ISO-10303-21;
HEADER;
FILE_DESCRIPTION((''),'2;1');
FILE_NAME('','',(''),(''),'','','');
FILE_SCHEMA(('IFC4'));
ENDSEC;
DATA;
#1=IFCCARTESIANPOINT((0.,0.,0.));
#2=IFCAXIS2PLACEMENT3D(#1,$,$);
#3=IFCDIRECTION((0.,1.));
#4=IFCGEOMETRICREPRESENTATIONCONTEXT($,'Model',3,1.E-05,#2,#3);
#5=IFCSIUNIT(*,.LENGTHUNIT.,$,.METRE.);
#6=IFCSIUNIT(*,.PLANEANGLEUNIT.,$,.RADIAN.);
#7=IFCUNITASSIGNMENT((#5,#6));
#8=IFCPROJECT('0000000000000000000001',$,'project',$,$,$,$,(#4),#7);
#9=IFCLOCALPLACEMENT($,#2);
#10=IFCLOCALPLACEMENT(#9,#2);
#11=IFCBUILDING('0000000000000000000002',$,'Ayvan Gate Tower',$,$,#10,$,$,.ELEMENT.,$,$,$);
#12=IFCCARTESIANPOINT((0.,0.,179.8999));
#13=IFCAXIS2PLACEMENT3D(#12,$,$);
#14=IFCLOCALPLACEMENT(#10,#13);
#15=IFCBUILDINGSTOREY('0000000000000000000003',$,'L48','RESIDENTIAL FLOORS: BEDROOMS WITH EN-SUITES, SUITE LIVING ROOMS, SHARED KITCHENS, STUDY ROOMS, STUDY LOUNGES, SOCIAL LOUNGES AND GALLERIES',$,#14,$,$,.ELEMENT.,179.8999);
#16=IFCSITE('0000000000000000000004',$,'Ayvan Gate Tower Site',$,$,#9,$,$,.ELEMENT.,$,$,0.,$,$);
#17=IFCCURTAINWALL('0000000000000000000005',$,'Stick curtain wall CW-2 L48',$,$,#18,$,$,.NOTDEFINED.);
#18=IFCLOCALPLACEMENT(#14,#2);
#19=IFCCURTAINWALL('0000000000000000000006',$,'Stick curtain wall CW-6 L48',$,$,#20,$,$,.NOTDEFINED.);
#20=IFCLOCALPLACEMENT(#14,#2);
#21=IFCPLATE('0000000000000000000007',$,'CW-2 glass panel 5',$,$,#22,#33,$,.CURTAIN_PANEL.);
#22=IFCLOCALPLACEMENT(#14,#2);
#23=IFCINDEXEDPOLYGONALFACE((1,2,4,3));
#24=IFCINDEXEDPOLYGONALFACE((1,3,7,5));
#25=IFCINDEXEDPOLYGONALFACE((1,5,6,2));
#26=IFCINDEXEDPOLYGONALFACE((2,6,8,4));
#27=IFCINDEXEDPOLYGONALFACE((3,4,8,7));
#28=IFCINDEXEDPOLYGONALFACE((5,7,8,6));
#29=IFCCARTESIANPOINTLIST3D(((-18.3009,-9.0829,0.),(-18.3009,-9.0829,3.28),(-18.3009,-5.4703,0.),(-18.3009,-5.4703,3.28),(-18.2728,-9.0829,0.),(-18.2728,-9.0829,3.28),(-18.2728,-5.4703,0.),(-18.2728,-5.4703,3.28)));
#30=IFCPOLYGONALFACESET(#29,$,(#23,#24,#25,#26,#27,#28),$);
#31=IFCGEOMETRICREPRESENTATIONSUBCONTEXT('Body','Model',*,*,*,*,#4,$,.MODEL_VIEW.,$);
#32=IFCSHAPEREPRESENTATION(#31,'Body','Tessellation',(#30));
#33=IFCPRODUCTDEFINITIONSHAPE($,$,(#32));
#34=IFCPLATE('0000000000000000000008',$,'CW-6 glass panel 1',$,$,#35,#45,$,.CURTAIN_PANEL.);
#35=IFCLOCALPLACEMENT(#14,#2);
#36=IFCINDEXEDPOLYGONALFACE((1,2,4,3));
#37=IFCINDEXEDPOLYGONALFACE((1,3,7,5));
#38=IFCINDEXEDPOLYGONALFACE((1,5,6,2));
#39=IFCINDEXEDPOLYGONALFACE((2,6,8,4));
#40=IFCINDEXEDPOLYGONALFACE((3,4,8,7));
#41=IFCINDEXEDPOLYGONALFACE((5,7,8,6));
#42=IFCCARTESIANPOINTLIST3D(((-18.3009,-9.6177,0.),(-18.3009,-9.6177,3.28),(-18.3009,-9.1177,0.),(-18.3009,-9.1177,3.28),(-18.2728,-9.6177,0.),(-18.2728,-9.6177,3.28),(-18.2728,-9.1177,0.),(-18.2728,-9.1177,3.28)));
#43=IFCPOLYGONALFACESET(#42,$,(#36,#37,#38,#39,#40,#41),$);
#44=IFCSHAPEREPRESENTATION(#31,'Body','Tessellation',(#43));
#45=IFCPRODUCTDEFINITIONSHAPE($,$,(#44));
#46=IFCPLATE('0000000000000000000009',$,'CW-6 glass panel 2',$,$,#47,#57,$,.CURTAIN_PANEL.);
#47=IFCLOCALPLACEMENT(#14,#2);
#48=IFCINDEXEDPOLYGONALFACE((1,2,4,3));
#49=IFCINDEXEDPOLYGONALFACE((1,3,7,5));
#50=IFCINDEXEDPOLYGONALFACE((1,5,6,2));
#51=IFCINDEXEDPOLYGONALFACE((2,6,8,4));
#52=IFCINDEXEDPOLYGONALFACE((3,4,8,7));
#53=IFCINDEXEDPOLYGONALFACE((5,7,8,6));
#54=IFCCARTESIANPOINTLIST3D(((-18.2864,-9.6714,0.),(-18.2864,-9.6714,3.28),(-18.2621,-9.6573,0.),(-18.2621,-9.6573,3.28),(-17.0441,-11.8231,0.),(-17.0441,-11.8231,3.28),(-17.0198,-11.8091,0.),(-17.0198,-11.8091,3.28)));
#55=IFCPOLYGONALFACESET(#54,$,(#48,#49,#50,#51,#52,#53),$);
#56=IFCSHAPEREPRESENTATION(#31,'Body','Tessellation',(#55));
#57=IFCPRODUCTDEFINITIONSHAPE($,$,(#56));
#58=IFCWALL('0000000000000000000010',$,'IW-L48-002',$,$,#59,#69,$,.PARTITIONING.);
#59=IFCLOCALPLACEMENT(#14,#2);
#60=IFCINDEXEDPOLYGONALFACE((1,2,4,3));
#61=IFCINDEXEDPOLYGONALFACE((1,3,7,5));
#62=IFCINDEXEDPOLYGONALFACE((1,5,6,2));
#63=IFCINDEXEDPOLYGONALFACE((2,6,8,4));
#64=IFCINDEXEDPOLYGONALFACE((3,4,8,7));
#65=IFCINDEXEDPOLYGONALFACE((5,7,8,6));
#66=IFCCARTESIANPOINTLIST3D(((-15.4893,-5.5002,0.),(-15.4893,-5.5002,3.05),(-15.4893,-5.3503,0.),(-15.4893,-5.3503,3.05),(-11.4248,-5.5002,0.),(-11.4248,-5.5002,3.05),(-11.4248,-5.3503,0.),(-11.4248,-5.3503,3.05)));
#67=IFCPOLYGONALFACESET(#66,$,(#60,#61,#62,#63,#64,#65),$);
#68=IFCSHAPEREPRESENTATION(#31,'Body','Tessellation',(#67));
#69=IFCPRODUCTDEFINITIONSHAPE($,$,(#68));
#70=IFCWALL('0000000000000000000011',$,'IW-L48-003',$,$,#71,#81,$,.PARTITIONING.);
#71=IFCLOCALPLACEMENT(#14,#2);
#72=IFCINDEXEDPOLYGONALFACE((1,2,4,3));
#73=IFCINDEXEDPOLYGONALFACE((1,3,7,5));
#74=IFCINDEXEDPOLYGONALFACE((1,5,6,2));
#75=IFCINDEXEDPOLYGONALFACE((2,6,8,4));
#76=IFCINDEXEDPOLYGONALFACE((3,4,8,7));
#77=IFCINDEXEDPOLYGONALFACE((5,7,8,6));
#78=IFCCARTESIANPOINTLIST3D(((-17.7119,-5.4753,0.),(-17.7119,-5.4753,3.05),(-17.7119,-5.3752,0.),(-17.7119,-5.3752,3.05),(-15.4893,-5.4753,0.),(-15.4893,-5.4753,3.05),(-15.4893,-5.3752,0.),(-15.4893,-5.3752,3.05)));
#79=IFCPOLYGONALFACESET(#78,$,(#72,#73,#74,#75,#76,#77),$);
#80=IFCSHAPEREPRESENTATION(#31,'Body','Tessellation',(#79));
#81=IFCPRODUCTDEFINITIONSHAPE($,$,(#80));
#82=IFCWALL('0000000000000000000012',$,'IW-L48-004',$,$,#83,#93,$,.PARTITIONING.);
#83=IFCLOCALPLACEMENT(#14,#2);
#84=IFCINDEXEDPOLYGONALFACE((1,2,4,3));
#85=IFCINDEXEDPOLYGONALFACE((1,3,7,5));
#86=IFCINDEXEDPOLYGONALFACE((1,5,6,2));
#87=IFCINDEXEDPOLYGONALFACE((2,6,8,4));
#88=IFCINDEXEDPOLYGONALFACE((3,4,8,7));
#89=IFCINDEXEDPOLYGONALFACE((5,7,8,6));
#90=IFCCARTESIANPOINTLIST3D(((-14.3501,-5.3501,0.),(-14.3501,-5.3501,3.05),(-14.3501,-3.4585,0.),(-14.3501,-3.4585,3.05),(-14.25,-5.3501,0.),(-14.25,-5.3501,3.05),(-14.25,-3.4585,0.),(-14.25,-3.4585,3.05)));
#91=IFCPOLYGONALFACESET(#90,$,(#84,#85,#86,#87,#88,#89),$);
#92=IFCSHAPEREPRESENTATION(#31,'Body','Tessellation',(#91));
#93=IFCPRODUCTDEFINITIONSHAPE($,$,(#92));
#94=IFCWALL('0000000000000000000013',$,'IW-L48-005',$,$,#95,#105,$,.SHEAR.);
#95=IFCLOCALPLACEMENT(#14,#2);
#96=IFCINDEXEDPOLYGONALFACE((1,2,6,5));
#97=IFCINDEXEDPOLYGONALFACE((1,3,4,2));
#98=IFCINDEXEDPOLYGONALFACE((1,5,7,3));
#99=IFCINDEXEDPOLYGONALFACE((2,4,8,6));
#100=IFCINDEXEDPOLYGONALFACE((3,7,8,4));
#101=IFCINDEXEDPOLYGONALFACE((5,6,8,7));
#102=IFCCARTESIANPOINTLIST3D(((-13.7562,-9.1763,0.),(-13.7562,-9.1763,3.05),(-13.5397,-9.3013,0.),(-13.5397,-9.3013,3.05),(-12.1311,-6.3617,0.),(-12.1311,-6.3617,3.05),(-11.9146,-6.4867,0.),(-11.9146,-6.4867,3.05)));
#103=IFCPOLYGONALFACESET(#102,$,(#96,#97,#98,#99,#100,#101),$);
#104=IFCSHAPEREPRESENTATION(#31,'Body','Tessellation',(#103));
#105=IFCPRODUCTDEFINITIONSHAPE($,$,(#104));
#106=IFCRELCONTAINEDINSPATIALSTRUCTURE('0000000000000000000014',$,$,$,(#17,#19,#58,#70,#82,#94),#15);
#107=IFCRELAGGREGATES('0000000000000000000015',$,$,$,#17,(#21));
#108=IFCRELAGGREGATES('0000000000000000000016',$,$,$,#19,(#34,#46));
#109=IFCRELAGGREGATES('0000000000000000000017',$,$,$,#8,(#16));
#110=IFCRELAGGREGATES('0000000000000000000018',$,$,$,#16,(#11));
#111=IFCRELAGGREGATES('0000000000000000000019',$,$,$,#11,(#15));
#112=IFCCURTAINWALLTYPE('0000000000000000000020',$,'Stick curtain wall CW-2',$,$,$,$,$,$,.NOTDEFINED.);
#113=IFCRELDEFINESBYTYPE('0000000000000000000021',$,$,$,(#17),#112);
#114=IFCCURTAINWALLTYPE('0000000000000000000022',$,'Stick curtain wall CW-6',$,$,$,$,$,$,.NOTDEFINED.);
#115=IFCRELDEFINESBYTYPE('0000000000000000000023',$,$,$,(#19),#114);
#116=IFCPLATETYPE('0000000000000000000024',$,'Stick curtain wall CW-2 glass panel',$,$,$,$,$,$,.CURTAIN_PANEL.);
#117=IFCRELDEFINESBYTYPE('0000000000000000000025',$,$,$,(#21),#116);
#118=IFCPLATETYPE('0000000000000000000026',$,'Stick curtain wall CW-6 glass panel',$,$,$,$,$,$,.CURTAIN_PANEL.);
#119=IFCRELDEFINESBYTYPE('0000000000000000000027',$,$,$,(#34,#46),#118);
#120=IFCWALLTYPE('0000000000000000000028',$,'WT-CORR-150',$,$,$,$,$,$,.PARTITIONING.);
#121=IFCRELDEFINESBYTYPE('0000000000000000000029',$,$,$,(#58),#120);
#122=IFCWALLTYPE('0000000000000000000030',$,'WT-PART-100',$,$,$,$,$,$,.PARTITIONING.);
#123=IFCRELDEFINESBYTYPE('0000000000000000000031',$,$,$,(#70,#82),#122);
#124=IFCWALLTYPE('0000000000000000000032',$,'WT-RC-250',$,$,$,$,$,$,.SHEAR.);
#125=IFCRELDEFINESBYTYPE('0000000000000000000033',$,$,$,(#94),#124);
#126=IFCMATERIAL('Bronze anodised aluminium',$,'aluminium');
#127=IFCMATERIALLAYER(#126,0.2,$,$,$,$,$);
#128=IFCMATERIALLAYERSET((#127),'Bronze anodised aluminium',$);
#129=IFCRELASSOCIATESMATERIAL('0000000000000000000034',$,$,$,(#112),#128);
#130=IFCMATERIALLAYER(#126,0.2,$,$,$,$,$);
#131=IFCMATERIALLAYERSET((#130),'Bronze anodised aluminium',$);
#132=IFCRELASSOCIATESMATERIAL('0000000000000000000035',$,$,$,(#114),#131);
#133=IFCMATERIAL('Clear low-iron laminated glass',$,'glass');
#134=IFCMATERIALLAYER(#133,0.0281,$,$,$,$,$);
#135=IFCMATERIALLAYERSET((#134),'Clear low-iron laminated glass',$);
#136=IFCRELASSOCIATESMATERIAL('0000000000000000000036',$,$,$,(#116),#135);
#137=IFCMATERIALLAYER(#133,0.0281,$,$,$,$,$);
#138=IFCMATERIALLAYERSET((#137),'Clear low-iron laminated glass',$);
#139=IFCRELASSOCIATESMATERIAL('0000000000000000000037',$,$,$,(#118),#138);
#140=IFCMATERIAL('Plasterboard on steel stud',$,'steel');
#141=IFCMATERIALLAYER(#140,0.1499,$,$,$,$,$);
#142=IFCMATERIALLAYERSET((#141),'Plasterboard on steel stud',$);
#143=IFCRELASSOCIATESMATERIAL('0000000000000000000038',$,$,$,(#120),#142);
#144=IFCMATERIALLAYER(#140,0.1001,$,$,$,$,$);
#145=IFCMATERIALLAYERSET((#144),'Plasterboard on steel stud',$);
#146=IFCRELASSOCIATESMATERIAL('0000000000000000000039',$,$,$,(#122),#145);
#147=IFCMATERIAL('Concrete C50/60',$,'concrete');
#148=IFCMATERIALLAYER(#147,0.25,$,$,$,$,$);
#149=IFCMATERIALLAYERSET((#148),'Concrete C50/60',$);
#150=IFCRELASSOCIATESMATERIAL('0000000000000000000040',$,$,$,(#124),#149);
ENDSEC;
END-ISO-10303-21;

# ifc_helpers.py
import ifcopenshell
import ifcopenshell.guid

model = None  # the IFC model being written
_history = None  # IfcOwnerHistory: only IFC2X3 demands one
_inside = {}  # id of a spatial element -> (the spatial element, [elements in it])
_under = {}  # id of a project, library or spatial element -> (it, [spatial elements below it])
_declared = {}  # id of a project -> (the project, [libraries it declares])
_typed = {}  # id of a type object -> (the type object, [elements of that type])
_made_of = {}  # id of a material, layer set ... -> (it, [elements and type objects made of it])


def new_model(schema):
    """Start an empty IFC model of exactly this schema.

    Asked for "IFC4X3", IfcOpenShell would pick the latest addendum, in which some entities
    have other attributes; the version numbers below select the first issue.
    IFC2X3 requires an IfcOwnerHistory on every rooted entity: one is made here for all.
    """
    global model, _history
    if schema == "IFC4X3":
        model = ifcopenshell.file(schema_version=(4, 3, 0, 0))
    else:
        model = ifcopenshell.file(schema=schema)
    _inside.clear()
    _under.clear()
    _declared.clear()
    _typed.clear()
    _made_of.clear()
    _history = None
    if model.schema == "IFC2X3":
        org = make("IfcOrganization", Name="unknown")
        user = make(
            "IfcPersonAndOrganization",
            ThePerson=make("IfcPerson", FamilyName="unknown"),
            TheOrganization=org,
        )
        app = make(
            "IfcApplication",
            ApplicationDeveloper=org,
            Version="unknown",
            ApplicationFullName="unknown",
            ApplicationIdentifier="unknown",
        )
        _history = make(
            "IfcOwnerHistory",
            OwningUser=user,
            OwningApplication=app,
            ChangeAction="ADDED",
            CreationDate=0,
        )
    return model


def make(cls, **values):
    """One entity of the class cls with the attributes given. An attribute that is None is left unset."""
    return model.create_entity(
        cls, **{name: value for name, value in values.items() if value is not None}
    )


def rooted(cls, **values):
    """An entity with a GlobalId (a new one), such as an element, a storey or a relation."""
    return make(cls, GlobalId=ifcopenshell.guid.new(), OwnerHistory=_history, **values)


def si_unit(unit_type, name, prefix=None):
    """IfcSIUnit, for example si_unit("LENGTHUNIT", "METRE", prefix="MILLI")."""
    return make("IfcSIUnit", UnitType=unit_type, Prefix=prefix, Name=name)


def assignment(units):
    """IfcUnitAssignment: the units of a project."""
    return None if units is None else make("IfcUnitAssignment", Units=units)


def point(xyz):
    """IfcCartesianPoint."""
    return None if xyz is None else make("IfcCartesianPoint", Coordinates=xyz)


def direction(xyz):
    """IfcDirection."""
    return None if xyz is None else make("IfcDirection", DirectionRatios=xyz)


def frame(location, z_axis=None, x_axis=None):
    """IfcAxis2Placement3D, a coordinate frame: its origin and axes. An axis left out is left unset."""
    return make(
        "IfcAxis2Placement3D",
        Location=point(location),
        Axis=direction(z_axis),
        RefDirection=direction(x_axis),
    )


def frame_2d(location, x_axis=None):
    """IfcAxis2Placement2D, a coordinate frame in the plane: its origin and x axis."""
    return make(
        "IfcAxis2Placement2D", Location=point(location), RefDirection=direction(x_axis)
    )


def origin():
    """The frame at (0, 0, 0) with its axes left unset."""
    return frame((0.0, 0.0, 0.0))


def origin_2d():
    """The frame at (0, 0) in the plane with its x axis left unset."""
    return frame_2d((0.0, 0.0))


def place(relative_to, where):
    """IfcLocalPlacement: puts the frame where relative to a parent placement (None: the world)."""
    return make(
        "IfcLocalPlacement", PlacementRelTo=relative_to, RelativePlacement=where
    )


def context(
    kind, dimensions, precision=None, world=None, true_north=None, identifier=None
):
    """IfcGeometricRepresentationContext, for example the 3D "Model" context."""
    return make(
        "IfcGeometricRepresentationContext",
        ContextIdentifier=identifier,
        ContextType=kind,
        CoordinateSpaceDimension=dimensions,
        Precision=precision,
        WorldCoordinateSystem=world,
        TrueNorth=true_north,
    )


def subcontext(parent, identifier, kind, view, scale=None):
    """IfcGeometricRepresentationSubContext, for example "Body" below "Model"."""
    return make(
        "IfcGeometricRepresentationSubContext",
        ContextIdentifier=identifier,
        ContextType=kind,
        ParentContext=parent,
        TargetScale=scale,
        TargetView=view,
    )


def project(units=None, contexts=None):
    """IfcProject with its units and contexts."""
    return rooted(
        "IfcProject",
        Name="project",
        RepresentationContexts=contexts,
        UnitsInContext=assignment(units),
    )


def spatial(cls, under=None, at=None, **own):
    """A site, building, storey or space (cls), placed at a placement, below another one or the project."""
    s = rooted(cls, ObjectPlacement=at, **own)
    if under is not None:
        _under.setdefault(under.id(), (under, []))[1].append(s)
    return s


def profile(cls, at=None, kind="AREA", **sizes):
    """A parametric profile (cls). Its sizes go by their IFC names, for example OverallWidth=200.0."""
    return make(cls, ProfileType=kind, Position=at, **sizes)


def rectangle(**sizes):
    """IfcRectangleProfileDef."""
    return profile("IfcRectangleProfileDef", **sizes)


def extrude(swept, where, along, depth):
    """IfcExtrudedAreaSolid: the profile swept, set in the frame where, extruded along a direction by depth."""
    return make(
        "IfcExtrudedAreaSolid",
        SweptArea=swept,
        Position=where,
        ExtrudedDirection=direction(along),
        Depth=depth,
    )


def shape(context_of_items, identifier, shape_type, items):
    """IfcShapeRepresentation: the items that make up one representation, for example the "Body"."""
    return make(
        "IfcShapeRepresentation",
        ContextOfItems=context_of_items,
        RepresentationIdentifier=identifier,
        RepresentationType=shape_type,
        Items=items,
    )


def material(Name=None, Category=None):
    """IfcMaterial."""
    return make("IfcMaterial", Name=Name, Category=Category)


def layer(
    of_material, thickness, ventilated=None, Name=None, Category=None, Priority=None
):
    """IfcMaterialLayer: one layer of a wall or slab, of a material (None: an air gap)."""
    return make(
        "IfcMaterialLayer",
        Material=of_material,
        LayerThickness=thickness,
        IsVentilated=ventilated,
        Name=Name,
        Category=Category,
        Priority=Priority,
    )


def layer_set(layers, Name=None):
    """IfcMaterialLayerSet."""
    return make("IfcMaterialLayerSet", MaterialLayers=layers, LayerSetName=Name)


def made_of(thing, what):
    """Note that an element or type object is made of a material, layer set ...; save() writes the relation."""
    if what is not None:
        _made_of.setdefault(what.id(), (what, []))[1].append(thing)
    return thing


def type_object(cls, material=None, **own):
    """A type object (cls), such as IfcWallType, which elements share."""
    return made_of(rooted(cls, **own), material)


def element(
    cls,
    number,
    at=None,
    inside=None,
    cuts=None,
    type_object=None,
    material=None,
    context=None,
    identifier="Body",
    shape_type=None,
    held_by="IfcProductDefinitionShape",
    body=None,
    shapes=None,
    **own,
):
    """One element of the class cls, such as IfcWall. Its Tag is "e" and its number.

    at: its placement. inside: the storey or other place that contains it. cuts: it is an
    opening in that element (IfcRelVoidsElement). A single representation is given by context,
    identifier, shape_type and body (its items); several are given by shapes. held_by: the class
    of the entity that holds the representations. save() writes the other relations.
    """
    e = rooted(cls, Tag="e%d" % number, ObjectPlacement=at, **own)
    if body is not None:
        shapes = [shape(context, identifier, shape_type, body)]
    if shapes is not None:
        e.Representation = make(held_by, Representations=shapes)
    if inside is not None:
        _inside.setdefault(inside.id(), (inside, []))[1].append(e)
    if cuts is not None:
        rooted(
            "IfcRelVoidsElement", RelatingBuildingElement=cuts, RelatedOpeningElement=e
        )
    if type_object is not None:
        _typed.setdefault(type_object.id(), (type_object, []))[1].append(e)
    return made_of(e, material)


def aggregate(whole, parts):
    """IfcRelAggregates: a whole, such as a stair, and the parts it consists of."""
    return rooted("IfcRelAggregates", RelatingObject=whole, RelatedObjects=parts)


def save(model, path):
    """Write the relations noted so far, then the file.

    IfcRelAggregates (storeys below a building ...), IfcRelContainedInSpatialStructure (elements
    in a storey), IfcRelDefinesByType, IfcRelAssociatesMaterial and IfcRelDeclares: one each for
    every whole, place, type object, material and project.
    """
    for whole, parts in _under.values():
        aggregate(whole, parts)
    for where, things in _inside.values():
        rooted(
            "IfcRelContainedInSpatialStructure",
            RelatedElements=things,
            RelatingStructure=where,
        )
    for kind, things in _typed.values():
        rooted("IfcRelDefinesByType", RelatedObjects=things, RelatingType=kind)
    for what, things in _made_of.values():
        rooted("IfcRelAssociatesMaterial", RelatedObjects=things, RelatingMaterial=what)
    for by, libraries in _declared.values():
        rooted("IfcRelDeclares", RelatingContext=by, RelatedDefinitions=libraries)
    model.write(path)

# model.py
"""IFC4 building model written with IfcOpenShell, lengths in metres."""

from ifc_helpers import new_model, si_unit, direction, frame, frame_2d, origin, origin_2d, place, context, subcontext, project, spatial, rectangle, extrude, material, layer, layer_set, type_object, element, aggregate, save


model = new_model("IFC4")

# Units and contexts
model_context = context("Model", 3, precision=1e-05, world=origin(), true_north=direction((0.0, 1.0)))
body_context = subcontext(model_context, "Body", "Model", "MODEL_VIEW")
ifc_project = project(units=[si_unit("LENGTHUNIT", "METRE"), si_unit("PLANEANGLEUNIT", "RADIAN")], contexts=[model_context])

# Site, building, storey
site_placement = place(None, origin())
site = spatial("IfcSite", under=ifc_project, at=site_placement, Name="Ayvan Gate Tower Site", CompositionType="ELEMENT", RefElevation=0.0)
building_placement = place(site_placement, origin())
building = spatial("IfcBuilding", under=site, at=building_placement, Name="Ayvan Gate Tower", CompositionType="ELEMENT")
storey_placement = place(building_placement, frame((0.0, 0.0, 179.8999)))
storey = spatial("IfcBuildingStorey", under=building, at=storey_placement, Name="L48", Description="RESIDENTIAL FLOORS: BEDROOMS WITH EN-SUITES, SUITE LIVING ROOMS, SHARED KITCHENS, STUDY ROOMS, STUDY LOUNGES, SOCIAL LOUNGES AND GALLERIES", CompositionType="ELEMENT", Elevation=179.8999)

# Curtain walls
ifc_material_1 = material(Name="Bronze anodised aluminium", Category="aluminium")
ifc_layer_1 = layer(ifc_material_1, 0.2)
ifc_layer_set_1 = layer_set([ifc_layer_1], Name="Bronze anodised aluminium")
curtain_wall_type_1 = type_object("IfcCurtainWallType", Name="Stick curtain wall CW-2", PredefinedType="NOTDEFINED", material=ifc_layer_set_1)
curtain_wall_1_placement = place(storey_placement, origin())
curtain_wall_1 = element("IfcCurtainWall", 1, at=curtain_wall_1_placement, inside=storey, type_object=curtain_wall_type_1, Name="Stick curtain wall CW-2 L48", PredefinedType="NOTDEFINED")
ifc_layer_2 = layer(ifc_material_1, 0.2)
ifc_layer_set_2 = layer_set([ifc_layer_2], Name="Bronze anodised aluminium")
curtain_wall_type_2 = type_object("IfcCurtainWallType", Name="Stick curtain wall CW-6", PredefinedType="NOTDEFINED", material=ifc_layer_set_2)
curtain_wall_2_placement = place(storey_placement, origin())
curtain_wall_2 = element("IfcCurtainWall", 2, at=curtain_wall_2_placement, inside=storey, type_object=curtain_wall_type_2, Name="Stick curtain wall CW-6 L48", PredefinedType="NOTDEFINED")

# Plates
ifc_material_2 = material(Name="Clear low-iron laminated glass", Category="glass")
ifc_layer_3 = layer(ifc_material_2, 0.0281)
ifc_layer_set_3 = layer_set([ifc_layer_3], Name="Clear low-iron laminated glass")
plate_type_1 = type_object("IfcPlateType", Name="Stick curtain wall CW-2 glass panel", PredefinedType="CURTAIN_PANEL", material=ifc_layer_set_3)
plate_1_placement = place(storey_placement, frame((-18.2869, -7.2766, 0.0), z_axis=(0.0, 0.0, 1.0), x_axis=(0.0, -1.0, 0.0)))
plate_1 = element("IfcPlate", 3, at=plate_1_placement, type_object=plate_type_1, Name="CW-2 glass panel 5", PredefinedType="CURTAIN_PANEL", context=body_context, shape_type="SweptSolid", body=[
    extrude(rectangle(XDim=3.6125, YDim=0.0281, at=origin_2d()), origin(), (0.0, 0.0, 1.0), 3.28),
])
aggregate(curtain_wall_1, [plate_1])
ifc_layer_4 = layer(ifc_material_2, 0.0281)
ifc_layer_set_4 = layer_set([ifc_layer_4], Name="Clear low-iron laminated glass")
plate_type_2 = type_object("IfcPlateType", Name="Stick curtain wall CW-6 glass panel", PredefinedType="CURTAIN_PANEL", material=ifc_layer_set_4)
plate_2_placement = place(storey_placement, frame((-18.2869, -9.3677, 0.0), z_axis=(0.0, 0.0, 1.0), x_axis=(0.0, -1.0, 0.0)))
plate_2 = element("IfcPlate", 4, at=plate_2_placement, type_object=plate_type_2, Name="CW-6 glass panel 1", PredefinedType="CURTAIN_PANEL", context=body_context, shape_type="SweptSolid", body=[
    extrude(rectangle(XDim=0.5, YDim=0.0281, at=origin_2d()), origin(), (0.0, 0.0, 1.0), 3.28),
])
plate_3_placement = place(storey_placement, frame((-17.6531, -10.7402, 0.0), z_axis=(0.0, 0.0, 1.0), x_axis=(0.5, -0.866025, 0.0)))
plate_3 = element("IfcPlate", 5, at=plate_3_placement, type_object=plate_type_2, Name="CW-6 glass panel 2", PredefinedType="CURTAIN_PANEL", context=body_context, shape_type="SweptSolid", body=[
    extrude(rectangle(XDim=2.4846, YDim=0.0281, at=origin_2d()), origin(), (0.0, 0.0, 1.0), 3.28),
])
aggregate(curtain_wall_2, [plate_2, plate_3])

# Walls
ifc_material_3 = material(Name="Plasterboard on steel stud", Category="steel")
ifc_layer_5 = layer(ifc_material_3, 0.1499)
ifc_layer_set_5 = layer_set([ifc_layer_5], Name="Plasterboard on steel stud")
wall_type_1 = type_object("IfcWallType", Name="WT-CORR-150", PredefinedType="PARTITIONING", material=ifc_layer_set_5)
wall_1_placement = place(storey_placement, frame((-15.4893, -5.4253, 0.0), z_axis=(0.0, 0.0, 1.0), x_axis=(1.0, 0.0, 0.0)))
element("IfcWall", 6, at=wall_1_placement, inside=storey, type_object=wall_type_1, Name="IW-L48-002", PredefinedType="PARTITIONING", context=body_context, shape_type="SweptSolid", body=[
    extrude(rectangle(XDim=4.0645, YDim=0.1499, at=frame_2d((2.0322, 0.0))), origin(), (0.0, 0.0, 1.0), 3.05),
])
ifc_layer_6 = layer(ifc_material_3, 0.1001)
ifc_layer_set_6 = layer_set([ifc_layer_6], Name="Plasterboard on steel stud")
wall_type_2 = type_object("IfcWallType", Name="WT-PART-100", PredefinedType="PARTITIONING", material=ifc_layer_set_6)
wall_2_placement = place(storey_placement, frame((-15.4893, -5.4253, 0.0), z_axis=(0.0, 0.0, 1.0), x_axis=(-1.0, 0.0, 0.0)))
element("IfcWall", 7, at=wall_2_placement, inside=storey, type_object=wall_type_2, Name="IW-L48-003", PredefinedType="PARTITIONING", context=body_context, shape_type="SweptSolid", body=[
    extrude(rectangle(XDim=2.2227, YDim=0.1001, at=frame_2d((1.1113, 0.0))), origin(), (0.0, 0.0, 1.0), 3.05),
])
wall_3_placement = place(storey_placement, frame((-14.3, -3.4585, 0.0), z_axis=(0.0, 0.0, 1.0), x_axis=(0.0, -1.0, 0.0)))
element("IfcWall", 8, at=wall_3_placement, inside=storey, type_object=wall_type_2, Name="IW-L48-004", PredefinedType="PARTITIONING", context=body_context, shape_type="SweptSolid", body=[
    extrude(rectangle(XDim=1.8916, YDim=0.1001, at=frame_2d((0.9458, 0.0))), origin(), (0.0, 0.0, 1.0), 3.05),
])
ifc_material_4 = material(Name="Concrete C50/60", Category="concrete")
ifc_layer_7 = layer(ifc_material_4, 0.25)
ifc_layer_set_7 = layer_set([ifc_layer_7], Name="Concrete C50/60")
wall_type_3 = type_object("IfcWallType", Name="WT-RC-250", PredefinedType="SHEAR", material=ifc_layer_set_7)
wall_4_placement = place(storey_placement, frame((-13.6479, -9.2388, 0.0), z_axis=(0.0, 0.0, 1.0), x_axis=(0.500017, 0.866015, 0.0)))
element("IfcWall", 9, at=wall_4_placement, inside=storey, type_object=wall_type_3, Name="IW-L48-005", PredefinedType="SHEAR", context=body_context, shape_type="SweptSolid", body=[
    extrude(rectangle(XDim=3.25, YDim=0.25, at=frame_2d((1.625, 0.0))), origin(), (0.0, 0.0, 1.0), 3.05),
])

save(model, "model.ifc")
